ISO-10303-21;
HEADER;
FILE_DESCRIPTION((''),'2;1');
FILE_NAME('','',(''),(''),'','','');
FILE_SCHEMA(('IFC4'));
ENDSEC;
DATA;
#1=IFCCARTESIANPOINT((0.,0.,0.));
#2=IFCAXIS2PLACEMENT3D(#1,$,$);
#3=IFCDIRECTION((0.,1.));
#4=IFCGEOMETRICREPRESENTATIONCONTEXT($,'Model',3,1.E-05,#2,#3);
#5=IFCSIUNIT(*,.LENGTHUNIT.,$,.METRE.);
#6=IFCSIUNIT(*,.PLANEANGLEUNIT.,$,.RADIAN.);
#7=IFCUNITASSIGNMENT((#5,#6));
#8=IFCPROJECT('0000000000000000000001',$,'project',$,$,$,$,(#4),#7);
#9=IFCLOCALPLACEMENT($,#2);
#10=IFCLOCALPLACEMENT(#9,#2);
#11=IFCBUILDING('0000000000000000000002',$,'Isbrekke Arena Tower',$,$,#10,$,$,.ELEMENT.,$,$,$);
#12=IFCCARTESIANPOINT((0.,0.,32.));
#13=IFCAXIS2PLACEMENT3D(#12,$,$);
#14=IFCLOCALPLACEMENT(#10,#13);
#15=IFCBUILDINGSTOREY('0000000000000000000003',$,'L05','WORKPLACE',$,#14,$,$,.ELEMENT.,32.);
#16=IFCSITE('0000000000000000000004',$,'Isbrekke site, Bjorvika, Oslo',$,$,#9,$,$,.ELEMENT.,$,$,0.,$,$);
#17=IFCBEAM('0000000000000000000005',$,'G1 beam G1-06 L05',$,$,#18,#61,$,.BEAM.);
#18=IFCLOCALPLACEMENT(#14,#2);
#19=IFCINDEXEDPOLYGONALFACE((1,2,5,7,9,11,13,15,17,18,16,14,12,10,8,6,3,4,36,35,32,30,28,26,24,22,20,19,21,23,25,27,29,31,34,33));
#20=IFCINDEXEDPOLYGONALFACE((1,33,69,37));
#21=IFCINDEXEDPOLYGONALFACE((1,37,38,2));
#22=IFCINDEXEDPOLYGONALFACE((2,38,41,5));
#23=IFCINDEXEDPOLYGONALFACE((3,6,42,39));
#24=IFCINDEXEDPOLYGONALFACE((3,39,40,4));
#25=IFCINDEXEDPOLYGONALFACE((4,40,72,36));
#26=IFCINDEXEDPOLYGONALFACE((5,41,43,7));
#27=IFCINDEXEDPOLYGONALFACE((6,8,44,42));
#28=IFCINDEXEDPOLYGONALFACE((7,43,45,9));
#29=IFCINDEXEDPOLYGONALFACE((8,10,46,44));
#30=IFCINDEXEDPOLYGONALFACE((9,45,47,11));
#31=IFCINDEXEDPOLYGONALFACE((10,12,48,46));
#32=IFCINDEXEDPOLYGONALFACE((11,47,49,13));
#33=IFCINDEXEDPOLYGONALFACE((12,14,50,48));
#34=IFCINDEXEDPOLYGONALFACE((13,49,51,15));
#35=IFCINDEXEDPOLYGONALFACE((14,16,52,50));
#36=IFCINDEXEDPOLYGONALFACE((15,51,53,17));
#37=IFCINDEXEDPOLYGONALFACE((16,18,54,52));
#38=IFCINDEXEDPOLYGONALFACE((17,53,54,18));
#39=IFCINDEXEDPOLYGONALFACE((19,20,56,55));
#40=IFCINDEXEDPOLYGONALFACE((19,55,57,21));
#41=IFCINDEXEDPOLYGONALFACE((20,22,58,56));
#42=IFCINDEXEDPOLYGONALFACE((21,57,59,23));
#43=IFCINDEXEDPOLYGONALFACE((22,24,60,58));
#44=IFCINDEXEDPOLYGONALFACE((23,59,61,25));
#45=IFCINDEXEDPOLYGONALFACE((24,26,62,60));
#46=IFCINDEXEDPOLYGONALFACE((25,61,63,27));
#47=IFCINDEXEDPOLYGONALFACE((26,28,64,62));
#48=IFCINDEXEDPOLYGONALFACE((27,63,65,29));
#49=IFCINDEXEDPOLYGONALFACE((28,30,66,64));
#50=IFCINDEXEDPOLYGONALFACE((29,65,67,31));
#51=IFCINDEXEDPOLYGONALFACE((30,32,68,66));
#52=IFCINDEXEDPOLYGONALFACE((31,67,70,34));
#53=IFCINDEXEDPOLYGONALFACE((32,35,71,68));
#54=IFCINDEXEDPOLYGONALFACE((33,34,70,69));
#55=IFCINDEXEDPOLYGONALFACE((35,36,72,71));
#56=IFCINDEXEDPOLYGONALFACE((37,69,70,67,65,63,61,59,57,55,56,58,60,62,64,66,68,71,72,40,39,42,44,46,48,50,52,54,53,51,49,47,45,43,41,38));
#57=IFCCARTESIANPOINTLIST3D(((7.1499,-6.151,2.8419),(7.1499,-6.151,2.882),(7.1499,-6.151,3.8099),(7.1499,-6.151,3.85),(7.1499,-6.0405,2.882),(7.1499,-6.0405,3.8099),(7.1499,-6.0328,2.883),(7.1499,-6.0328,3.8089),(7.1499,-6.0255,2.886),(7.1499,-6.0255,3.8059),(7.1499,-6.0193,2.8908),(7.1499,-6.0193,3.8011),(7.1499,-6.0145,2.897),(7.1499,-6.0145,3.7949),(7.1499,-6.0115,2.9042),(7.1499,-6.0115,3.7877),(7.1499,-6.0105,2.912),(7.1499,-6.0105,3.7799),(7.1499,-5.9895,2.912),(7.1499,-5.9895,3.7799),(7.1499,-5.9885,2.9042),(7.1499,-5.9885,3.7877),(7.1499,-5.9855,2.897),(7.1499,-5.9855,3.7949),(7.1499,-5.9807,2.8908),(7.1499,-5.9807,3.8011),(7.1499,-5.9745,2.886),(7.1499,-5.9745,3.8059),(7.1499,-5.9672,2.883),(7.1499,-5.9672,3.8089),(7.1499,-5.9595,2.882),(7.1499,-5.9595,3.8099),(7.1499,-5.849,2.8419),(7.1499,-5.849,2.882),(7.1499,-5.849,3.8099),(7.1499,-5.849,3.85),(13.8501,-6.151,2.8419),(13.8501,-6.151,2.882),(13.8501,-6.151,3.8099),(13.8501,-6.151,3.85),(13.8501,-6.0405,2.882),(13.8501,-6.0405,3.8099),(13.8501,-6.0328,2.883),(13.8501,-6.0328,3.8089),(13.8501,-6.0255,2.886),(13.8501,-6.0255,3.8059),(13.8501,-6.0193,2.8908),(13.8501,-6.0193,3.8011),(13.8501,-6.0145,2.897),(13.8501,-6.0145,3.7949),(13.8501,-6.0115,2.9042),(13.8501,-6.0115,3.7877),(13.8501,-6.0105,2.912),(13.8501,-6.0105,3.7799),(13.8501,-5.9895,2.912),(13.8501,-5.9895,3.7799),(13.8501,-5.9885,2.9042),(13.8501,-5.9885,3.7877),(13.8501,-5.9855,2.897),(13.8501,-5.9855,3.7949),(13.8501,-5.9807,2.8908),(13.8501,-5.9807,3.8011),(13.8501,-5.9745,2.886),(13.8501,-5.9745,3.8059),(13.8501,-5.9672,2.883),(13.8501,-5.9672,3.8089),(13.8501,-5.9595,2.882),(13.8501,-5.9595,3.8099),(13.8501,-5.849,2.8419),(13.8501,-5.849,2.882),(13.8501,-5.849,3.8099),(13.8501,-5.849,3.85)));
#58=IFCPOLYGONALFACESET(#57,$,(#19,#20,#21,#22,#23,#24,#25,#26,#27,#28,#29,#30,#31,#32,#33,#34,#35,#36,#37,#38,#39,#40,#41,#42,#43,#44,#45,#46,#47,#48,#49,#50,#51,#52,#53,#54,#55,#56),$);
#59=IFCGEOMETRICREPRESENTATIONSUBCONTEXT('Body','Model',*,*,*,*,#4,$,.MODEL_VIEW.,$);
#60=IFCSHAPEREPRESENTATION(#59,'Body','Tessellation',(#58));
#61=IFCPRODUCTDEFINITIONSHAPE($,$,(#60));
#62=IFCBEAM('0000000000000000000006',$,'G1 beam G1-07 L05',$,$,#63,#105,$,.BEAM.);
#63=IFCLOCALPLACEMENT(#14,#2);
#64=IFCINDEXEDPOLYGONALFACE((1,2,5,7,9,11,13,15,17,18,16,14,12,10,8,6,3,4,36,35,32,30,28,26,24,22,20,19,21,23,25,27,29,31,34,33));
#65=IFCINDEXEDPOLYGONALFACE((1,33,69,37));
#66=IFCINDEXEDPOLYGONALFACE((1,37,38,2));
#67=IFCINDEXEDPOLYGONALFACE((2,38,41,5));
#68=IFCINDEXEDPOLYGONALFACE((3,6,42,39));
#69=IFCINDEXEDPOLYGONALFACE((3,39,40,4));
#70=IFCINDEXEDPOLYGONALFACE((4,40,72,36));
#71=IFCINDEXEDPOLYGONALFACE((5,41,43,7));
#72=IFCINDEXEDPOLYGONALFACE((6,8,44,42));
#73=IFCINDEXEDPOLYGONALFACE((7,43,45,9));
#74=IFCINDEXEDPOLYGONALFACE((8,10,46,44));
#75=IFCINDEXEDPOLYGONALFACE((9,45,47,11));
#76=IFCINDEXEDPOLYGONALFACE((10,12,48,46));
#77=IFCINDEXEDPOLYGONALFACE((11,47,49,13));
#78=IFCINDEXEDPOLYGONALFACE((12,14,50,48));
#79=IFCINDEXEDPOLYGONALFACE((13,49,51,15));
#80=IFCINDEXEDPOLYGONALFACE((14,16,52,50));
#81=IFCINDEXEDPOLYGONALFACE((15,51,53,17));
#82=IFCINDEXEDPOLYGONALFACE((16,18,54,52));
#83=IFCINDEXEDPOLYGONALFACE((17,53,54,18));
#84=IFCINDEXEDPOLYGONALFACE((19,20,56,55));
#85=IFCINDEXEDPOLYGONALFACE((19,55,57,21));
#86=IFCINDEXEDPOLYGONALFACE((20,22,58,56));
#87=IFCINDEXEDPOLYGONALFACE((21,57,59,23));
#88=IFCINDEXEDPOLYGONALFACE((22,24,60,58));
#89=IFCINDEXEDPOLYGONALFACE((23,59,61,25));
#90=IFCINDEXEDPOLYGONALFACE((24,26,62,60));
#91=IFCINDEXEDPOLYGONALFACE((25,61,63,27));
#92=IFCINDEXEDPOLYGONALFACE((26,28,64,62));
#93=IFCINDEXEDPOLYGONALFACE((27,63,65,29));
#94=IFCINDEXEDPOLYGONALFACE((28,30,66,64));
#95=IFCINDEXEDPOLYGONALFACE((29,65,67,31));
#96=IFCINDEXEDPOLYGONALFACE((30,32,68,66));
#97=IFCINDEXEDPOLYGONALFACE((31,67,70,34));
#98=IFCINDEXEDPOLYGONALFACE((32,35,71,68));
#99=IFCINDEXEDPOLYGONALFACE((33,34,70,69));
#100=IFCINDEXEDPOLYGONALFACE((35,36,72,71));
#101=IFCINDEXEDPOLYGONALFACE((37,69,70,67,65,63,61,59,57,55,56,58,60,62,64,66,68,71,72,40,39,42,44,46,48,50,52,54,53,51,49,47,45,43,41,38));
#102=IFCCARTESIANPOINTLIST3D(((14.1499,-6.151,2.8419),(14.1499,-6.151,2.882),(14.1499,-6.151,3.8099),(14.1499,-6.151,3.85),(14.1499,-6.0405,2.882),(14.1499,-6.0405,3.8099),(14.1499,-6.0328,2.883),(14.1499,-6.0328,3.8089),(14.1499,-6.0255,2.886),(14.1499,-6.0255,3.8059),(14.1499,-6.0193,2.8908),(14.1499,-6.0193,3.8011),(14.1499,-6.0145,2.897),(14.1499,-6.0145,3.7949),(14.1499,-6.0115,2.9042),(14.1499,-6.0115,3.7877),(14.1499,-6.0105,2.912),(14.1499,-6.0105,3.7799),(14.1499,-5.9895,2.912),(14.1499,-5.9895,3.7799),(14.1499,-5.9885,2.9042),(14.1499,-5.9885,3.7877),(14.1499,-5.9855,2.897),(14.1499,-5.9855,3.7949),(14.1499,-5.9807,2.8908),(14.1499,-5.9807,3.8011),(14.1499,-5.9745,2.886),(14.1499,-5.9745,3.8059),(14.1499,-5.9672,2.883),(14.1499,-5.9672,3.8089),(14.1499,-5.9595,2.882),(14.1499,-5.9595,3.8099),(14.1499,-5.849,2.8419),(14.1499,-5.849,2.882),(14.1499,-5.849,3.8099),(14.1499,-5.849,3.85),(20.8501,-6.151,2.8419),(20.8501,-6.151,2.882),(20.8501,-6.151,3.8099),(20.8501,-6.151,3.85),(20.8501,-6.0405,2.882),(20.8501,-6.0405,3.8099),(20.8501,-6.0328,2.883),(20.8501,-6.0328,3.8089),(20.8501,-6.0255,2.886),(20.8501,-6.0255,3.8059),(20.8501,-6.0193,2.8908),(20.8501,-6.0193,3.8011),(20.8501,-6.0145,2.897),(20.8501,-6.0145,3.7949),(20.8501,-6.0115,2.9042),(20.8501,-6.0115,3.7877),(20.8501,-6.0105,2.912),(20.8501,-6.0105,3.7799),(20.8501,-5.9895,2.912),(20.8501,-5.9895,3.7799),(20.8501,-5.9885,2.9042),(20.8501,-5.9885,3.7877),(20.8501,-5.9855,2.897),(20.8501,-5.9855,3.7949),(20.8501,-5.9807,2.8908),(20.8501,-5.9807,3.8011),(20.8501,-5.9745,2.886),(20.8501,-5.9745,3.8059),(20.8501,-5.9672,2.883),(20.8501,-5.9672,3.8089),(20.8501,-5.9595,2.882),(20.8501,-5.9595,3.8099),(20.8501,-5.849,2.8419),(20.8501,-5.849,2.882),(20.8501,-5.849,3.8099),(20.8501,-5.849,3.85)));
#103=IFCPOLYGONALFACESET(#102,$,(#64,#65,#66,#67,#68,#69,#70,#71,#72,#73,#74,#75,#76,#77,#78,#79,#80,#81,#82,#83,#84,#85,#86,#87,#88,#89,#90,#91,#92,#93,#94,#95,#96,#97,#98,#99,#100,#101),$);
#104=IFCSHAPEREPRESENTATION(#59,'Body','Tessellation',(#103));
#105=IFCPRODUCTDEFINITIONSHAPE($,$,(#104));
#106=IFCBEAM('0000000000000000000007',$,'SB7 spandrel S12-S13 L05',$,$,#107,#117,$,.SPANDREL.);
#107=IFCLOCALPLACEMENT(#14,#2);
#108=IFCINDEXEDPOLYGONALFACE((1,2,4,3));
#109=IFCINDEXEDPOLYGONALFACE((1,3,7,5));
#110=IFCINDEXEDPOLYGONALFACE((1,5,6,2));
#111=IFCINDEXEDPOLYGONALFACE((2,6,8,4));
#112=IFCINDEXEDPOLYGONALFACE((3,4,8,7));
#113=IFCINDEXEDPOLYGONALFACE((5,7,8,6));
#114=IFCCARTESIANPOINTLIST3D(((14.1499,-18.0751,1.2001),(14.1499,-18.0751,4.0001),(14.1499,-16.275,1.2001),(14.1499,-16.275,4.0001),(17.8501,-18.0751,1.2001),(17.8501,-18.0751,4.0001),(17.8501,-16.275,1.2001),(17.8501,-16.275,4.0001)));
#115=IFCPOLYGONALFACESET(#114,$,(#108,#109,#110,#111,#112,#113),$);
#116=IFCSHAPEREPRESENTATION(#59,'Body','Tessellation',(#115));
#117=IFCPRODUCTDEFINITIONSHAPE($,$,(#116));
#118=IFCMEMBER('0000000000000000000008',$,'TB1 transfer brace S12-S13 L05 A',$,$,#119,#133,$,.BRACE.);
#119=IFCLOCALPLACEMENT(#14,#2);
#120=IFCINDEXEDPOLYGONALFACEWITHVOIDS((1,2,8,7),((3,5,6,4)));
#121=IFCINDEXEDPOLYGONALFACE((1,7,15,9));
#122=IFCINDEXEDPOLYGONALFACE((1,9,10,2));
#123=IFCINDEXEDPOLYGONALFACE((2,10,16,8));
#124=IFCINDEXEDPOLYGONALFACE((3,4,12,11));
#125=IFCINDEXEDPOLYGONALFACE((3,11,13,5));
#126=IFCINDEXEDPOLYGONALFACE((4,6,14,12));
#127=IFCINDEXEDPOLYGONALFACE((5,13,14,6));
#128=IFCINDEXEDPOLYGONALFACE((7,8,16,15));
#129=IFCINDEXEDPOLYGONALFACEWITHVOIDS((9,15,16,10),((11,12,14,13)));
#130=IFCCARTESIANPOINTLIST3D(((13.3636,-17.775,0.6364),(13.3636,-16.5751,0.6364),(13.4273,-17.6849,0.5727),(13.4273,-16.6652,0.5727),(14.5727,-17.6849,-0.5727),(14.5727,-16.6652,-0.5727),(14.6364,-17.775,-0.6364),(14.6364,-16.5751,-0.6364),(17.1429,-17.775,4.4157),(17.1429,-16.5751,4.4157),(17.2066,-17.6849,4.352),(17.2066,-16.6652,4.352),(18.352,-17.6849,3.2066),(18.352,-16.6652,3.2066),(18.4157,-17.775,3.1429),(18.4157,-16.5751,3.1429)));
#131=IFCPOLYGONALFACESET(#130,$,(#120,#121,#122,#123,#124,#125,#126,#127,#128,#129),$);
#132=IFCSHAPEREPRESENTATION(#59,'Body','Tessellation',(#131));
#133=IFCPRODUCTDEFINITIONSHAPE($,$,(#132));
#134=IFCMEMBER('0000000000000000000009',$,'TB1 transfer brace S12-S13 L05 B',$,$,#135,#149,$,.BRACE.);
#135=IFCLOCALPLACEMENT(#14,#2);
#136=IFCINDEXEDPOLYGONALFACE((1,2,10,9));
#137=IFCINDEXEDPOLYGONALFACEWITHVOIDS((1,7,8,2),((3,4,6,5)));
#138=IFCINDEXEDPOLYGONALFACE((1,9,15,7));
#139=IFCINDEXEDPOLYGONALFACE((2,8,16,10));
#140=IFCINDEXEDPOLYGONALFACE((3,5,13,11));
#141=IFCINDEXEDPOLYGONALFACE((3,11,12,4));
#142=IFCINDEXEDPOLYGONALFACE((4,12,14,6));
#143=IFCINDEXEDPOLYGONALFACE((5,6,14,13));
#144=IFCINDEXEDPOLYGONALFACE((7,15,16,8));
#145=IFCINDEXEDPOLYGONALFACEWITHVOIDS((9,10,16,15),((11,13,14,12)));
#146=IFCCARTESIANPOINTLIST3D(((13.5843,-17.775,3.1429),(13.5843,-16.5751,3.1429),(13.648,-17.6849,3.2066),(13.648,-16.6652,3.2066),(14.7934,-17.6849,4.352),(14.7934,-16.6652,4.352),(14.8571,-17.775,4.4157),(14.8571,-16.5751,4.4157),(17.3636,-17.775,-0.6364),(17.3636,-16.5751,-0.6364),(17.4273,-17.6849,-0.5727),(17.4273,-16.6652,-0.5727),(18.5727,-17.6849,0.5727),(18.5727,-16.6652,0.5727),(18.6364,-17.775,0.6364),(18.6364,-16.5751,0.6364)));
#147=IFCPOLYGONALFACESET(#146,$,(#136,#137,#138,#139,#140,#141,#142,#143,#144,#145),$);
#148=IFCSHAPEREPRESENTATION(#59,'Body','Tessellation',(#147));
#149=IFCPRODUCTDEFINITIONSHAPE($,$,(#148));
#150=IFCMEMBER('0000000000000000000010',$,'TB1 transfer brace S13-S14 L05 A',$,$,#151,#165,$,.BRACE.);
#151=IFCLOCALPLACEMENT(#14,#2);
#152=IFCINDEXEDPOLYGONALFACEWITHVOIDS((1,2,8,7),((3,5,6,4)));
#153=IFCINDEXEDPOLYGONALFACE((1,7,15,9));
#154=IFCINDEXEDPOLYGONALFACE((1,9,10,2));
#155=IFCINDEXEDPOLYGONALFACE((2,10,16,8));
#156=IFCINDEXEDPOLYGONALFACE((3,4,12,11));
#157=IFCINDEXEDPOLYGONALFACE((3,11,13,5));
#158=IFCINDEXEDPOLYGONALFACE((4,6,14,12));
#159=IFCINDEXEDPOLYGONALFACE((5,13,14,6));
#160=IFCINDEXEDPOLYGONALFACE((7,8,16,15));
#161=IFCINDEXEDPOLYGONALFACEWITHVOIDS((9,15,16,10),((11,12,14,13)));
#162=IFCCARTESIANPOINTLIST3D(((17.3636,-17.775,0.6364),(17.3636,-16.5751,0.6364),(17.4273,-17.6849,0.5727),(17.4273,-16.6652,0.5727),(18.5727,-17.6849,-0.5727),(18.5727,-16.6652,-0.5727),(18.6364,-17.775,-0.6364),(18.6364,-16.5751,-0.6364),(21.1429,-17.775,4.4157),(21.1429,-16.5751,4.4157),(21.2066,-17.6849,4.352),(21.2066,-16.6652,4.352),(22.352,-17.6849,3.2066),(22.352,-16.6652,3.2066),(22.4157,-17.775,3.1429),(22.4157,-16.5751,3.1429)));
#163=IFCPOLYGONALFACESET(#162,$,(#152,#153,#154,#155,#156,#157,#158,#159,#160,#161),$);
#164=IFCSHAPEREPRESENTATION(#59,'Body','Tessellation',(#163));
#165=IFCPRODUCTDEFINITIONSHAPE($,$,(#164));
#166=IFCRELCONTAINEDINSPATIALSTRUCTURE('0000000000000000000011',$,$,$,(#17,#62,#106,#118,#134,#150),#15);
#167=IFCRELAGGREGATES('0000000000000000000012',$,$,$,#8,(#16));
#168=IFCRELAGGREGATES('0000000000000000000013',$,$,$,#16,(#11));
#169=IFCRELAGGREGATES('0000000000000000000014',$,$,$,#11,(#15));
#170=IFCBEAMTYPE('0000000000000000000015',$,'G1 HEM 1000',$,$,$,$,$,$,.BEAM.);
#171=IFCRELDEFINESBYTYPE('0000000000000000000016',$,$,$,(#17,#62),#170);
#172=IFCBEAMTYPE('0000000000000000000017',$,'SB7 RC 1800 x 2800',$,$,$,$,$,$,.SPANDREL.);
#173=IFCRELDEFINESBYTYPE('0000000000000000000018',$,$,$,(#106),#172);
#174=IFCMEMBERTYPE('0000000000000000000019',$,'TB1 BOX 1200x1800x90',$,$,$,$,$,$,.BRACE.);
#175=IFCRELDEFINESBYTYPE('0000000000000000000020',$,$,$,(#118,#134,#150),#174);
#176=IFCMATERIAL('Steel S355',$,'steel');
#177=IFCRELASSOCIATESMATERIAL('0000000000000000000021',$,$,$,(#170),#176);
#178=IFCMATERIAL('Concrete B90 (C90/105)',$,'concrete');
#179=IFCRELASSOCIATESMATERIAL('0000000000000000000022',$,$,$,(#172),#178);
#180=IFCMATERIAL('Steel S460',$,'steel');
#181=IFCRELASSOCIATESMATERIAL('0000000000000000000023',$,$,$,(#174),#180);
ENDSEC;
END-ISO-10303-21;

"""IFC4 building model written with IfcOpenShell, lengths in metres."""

from ifc_helpers import new_model, si_unit, direction, frame, origin, origin_2d, place, context, subcontext, project, spatial, rectangle, hollow_rectangle, i_section, extrude, material, material_profile, profile_set, type_object, element, save


model = new_model("IFC4")

# Units and contexts
model_context = context("Model", 3, precision=1e-05, world=origin(), true_north=direction((0.0, 1.0)))
body_context = subcontext(model_context, "Body", "Model", "MODEL_VIEW")
ifc_project = project(units=[si_unit("LENGTHUNIT", "METRE"), si_unit("PLANEANGLEUNIT", "RADIAN")], contexts=[model_context])

# Site, building, storey
site_placement = place(None, origin())
site = spatial("IfcSite", under=ifc_project, at=site_placement, Name="Isbrekke site, Bjorvika, Oslo", CompositionType="ELEMENT", RefElevation=0.0)
building_placement = place(site_placement, origin())
building = spatial("IfcBuilding", under=site, at=building_placement, Name="Isbrekke Arena Tower", CompositionType="ELEMENT")
storey_placement = place(building_placement, frame((0.0, 0.0, 32.0)))
storey = spatial("IfcBuildingStorey", under=building, at=storey_placement, Name="L05", Description="WORKPLACE", CompositionType="ELEMENT", Elevation=32.0)

# Beams
ifc_material_1 = material(Name="Steel S355", Category="steel")
ifc_material_profile_1 = material_profile(ifc_material_1, i_section(OverallWidth=0.302, OverallDepth=1.0081, WebThickness=0.021, FlangeThickness=0.04, FilletRadius=0.03, at=origin_2d()), Name="HEM 1000")
ifc_profile_set_1 = profile_set([ifc_material_profile_1], Name="Steel S355")
beam_type_1 = type_object("IfcBeamType", Name="G1 HEM 1000", PredefinedType="BEAM", material=ifc_profile_set_1)
for number, where, z_axis, x_axis, name in (
    (1, (7.1499, -6.0, 3.3459), (1.0, 0.0, 0.0), (0.0, 1.0, 0.0), "G1 beam G1-06 L05"),
    (2, (14.1499, -6.0, 3.3459), (1.0, 0.0, 0.0), (0.0, 1.0, 0.0), "G1 beam G1-07 L05"),
):
    element("IfcBeam", number, at=place(storey_placement, frame(where, z_axis=z_axis, x_axis=x_axis)), inside=storey, type_object=beam_type_1, Name=name, PredefinedType="BEAM", context=body_context, shape_type="SweptSolid", body=[
        extrude(i_section(OverallWidth=0.302, OverallDepth=1.0081, WebThickness=0.021, FlangeThickness=0.04, FilletRadius=0.03, at=origin_2d()), origin(), (0.0, 0.0, 1.0), 6.7002),
    ])
ifc_material_2 = material(Name="Concrete B90 (C90/105)", Category="concrete")
ifc_material_profile_2 = material_profile(ifc_material_2, rectangle(XDim=1.8, YDim=2.8, at=origin_2d()), Name="RC 1800x2800")
ifc_profile_set_2 = profile_set([ifc_material_profile_2], Name="Concrete B90 (C90/105)")
beam_type_2 = type_object("IfcBeamType", Name="SB7 RC 1800 x 2800", PredefinedType="SPANDREL", material=ifc_profile_set_2)
beam_1_placement = place(storey_placement, frame((14.1499, -17.175, 2.6001), z_axis=(1.0, 0.0, 0.0), x_axis=(0.0, 1.0, 0.0)))
element("IfcBeam", 3, at=beam_1_placement, inside=storey, type_object=beam_type_2, Name="SB7 spandrel S12-S13 L05", PredefinedType="SPANDREL", context=body_context, shape_type="SweptSolid", body=[
    extrude(rectangle(XDim=1.8, YDim=2.8, at=origin_2d()), origin(), (0.0, 0.0, 1.0), 3.7002),
])

# Members
ifc_material_3 = material(Name="Steel S460", Category="steel")
ifc_material_profile_3 = material_profile(ifc_material_3, hollow_rectangle(XDim=1.2, YDim=1.8, WallThickness=0.0901, at=origin_2d()), Name="BOX 1200x1800x90")
ifc_profile_set_3 = profile_set([ifc_material_profile_3], Name="Steel S460")
member_type = type_object("IfcMemberType", Name="TB1 BOX 1200x1800x90", PredefinedType="BRACE", material=ifc_profile_set_3)
for number, where, z_axis, x_axis, name in (
    (4, (14.0, -17.175, 0.0), (0.707107, 0.0, 0.707107), (0.0, 1.0, 0.0), "TB1 transfer brace S12-S13 L05 A"),
    (5, (14.2207, -17.175, 3.7793), (0.707107, 0.0, -0.707107), (0.0, 1.0, 0.0), "TB1 transfer brace S12-S13 L05 B"),
    (6, (18.0, -17.175, 0.0), (0.707107, 0.0, 0.707107), (0.0, 1.0, 0.0), "TB1 transfer brace S13-S14 L05 A"),
):
    element("IfcMember", number, at=place(storey_placement, frame(where, z_axis=z_axis, x_axis=x_axis)), inside=storey, type_object=member_type, Name=name, PredefinedType="BRACE", context=body_context, shape_type="SweptSolid", body=[
        extrude(hollow_rectangle(XDim=1.2, YDim=1.8, WallThickness=0.0901, at=origin_2d()), origin(), (0.0, 0.0, 1.0), 5.3447),
    ])

save(model, "model.ifc")
